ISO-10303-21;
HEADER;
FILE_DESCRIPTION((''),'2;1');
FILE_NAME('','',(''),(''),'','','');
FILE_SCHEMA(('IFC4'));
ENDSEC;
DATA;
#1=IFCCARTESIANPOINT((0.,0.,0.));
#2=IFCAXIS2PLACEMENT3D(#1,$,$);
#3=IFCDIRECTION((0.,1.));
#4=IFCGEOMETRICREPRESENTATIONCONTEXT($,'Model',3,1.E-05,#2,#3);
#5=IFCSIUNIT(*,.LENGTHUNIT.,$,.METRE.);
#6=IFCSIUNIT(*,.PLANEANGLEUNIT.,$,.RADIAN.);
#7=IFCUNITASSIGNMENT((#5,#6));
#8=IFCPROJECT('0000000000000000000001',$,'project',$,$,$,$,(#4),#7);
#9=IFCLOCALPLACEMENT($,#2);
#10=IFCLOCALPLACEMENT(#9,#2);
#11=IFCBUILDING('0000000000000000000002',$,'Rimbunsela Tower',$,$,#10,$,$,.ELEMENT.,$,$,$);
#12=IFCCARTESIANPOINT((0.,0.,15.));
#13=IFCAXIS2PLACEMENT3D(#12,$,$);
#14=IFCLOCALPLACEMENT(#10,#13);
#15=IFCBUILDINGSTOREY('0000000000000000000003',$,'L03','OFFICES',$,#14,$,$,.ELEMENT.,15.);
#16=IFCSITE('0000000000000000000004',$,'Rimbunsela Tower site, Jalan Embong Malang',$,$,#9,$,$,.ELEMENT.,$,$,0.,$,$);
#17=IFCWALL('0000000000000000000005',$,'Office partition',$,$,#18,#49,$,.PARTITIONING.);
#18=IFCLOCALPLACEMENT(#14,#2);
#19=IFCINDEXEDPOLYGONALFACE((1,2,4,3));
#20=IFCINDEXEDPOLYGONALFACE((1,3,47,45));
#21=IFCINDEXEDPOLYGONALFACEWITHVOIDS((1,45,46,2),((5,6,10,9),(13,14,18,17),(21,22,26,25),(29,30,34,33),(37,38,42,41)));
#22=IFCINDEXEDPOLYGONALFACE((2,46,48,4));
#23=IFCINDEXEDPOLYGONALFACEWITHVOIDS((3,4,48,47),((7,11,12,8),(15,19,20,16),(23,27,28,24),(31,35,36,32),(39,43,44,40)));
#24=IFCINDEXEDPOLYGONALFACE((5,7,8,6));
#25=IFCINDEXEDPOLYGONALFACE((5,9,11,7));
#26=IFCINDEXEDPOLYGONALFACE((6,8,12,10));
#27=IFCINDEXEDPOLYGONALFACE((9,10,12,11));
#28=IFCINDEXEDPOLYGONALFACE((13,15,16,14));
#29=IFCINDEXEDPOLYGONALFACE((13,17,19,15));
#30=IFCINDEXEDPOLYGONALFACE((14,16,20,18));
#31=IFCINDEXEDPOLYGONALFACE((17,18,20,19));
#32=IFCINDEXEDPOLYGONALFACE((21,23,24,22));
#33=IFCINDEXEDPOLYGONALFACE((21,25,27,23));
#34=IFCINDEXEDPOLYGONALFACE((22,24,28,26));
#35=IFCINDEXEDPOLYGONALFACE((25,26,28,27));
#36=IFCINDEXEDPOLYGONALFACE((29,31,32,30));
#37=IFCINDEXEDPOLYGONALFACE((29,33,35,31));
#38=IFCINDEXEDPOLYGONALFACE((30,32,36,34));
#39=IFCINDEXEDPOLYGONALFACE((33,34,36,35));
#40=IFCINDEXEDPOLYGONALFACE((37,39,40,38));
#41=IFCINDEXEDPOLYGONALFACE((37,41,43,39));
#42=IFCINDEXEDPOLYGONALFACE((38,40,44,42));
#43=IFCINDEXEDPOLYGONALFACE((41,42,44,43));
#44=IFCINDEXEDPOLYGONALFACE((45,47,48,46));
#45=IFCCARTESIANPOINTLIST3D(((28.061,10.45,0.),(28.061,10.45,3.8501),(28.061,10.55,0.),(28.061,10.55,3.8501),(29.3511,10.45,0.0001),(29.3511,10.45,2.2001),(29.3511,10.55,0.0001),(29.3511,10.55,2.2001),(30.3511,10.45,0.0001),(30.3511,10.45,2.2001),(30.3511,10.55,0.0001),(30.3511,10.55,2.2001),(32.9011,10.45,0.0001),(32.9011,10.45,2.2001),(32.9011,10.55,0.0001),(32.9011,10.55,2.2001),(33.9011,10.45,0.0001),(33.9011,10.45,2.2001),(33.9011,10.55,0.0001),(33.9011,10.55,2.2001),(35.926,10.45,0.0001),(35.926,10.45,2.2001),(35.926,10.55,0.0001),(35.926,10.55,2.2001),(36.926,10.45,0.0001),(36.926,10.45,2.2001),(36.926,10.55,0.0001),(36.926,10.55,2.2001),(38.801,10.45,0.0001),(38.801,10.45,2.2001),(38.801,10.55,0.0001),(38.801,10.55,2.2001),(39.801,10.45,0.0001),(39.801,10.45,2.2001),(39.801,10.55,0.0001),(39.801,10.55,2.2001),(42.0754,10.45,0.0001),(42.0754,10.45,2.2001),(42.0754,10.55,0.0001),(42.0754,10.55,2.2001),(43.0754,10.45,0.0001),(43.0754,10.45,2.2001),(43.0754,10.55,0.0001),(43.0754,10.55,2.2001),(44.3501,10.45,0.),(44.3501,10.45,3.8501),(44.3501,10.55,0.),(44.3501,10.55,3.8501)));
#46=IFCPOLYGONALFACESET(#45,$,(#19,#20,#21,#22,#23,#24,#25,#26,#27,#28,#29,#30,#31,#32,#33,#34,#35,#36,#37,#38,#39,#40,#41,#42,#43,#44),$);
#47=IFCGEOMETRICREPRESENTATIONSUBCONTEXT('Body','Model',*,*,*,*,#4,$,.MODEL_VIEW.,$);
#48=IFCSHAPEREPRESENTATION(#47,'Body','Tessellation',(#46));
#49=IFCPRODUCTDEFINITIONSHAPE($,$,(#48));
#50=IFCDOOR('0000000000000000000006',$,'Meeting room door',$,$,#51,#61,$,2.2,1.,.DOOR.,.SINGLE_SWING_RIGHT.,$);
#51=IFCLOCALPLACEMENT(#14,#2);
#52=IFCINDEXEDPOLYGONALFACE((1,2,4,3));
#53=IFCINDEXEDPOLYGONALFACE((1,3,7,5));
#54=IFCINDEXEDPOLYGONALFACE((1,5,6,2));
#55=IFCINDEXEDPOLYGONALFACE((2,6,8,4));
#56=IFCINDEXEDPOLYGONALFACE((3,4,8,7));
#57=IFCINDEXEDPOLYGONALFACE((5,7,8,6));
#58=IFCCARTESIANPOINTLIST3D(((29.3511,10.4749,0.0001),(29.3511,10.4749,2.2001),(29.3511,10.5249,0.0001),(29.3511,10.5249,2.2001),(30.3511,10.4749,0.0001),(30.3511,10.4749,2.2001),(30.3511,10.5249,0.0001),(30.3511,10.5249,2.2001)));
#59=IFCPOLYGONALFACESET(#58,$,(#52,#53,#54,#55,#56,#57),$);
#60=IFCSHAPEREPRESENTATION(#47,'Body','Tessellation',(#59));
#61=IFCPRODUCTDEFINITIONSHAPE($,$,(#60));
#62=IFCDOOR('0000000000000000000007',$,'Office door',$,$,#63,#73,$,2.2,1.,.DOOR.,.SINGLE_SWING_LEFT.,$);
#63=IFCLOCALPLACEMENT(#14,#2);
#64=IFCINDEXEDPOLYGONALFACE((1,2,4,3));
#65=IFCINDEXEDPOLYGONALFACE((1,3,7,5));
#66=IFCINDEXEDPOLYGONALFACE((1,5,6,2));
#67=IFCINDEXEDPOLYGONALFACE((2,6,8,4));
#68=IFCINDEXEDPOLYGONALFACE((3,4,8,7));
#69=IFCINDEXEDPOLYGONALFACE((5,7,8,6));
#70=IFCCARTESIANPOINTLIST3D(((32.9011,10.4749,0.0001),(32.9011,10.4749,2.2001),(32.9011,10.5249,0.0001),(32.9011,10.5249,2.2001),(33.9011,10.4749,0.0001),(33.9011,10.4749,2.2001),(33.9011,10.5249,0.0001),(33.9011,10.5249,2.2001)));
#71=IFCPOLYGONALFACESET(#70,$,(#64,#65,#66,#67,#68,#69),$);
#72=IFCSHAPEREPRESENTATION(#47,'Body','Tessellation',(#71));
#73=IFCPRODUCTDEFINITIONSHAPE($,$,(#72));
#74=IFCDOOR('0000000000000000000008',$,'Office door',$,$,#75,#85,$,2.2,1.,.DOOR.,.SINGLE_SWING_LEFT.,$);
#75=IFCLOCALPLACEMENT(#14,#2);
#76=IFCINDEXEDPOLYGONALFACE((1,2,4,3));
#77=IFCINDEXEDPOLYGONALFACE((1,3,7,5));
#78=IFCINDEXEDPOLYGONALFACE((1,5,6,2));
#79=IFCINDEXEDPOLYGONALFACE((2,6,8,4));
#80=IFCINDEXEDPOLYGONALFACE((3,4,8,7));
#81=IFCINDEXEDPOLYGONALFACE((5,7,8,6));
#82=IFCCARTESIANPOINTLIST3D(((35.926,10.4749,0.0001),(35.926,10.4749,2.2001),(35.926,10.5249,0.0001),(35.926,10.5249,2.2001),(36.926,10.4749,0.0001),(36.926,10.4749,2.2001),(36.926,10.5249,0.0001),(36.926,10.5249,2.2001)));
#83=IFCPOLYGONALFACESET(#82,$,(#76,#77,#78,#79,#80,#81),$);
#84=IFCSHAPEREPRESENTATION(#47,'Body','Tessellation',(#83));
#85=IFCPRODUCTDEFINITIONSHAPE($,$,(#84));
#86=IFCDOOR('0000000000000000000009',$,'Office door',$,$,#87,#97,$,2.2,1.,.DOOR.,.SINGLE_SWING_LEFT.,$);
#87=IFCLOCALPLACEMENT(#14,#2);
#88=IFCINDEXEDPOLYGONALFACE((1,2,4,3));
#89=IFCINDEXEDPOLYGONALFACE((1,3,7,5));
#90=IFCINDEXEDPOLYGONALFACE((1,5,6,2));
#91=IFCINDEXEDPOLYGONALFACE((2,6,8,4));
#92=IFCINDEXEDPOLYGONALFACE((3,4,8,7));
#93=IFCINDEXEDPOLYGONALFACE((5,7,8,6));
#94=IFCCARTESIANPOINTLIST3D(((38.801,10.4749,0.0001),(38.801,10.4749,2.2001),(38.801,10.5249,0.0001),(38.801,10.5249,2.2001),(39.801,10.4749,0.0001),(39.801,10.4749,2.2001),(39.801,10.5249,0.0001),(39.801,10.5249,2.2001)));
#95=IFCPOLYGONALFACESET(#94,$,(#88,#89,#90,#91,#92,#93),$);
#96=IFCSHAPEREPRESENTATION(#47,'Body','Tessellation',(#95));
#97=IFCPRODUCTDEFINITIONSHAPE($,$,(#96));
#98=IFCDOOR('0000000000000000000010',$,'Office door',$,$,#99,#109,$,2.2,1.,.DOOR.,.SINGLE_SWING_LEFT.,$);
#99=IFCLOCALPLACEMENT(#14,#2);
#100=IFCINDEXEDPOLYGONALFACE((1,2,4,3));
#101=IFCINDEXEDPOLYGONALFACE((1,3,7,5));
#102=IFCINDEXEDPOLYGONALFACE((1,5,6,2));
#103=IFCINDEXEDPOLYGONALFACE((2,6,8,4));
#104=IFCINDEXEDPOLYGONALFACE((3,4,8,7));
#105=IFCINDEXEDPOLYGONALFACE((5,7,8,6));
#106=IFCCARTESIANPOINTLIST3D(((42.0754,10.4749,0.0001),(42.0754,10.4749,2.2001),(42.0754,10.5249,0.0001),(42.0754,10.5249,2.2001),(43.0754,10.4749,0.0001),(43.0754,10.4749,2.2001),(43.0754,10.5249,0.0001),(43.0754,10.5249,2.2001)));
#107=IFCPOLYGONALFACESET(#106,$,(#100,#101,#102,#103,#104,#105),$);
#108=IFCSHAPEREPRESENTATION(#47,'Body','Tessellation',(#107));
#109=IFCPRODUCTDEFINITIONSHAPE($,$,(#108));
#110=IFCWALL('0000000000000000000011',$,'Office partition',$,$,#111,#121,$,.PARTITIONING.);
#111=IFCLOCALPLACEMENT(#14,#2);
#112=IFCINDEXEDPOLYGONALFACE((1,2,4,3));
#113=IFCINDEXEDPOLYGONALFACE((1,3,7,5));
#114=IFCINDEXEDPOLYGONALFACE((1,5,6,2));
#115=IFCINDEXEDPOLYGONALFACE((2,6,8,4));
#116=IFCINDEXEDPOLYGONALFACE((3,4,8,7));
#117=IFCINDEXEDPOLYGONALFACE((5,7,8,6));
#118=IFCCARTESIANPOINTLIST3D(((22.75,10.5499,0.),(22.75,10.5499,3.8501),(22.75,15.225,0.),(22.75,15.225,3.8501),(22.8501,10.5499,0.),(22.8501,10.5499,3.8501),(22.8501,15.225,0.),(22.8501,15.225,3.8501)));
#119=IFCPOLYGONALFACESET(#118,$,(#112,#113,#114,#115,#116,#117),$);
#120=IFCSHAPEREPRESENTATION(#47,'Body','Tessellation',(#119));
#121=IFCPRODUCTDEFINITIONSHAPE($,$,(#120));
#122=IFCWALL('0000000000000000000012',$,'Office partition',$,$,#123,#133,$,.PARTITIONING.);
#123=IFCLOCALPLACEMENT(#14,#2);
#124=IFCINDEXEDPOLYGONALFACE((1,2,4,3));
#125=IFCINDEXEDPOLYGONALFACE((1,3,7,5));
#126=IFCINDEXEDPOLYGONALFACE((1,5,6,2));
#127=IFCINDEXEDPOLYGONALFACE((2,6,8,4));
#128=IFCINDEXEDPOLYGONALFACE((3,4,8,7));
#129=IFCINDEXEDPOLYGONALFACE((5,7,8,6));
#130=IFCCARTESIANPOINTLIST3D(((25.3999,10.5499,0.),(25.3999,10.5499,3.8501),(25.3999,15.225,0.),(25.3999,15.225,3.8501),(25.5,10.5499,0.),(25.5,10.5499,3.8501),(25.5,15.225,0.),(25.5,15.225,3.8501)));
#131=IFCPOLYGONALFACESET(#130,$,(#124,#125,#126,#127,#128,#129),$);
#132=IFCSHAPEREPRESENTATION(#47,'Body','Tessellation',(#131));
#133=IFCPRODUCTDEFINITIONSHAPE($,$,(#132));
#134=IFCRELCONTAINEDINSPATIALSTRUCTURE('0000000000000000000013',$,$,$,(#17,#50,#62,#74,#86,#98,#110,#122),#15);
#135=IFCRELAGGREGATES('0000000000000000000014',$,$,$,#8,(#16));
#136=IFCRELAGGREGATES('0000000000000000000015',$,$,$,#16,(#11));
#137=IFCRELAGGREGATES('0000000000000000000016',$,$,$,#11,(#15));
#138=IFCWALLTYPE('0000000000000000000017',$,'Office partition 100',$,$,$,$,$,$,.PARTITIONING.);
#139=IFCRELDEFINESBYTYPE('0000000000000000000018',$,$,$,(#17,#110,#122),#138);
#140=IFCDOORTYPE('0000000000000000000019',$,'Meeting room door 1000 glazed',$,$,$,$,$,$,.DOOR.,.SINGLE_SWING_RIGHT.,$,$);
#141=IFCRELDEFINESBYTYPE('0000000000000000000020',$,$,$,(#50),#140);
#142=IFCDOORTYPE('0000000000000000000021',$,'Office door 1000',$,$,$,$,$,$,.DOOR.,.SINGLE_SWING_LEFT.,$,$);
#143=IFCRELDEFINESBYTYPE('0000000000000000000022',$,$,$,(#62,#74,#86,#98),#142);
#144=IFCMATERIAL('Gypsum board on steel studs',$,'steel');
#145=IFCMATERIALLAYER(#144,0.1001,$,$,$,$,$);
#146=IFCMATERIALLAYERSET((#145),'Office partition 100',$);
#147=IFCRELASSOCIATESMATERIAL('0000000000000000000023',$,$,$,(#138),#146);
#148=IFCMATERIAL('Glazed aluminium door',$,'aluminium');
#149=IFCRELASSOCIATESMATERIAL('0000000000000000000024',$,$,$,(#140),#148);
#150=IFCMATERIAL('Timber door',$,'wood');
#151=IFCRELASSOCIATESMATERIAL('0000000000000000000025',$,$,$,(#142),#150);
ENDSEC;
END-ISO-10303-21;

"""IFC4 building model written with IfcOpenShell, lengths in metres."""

from ifc_helpers import new_model, si_unit, direction, frame, frame_2d, origin, place, context, subcontext, project, spatial, rectangle, extrude, material, layer, layer_set, type_object, element, fill, save


model = new_model("IFC4")

# Units and contexts
model_context = context("Model", 3, precision=1e-05, world=origin(), true_north=direction((0.0, 1.0)))
body_context = subcontext(model_context, "Body", "Model", "MODEL_VIEW")
ifc_project = project(units=[si_unit("LENGTHUNIT", "METRE"), si_unit("PLANEANGLEUNIT", "RADIAN")], contexts=[model_context])

# Site, building, storey
site_placement = place(None, origin())
site = spatial("IfcSite", under=ifc_project, at=site_placement, Name="Rimbunsela Tower site, Jalan Embong Malang", CompositionType="ELEMENT", RefElevation=0.0)
building_placement = place(site_placement, origin())
building = spatial("IfcBuilding", under=site, at=building_placement, Name="Rimbunsela Tower", CompositionType="ELEMENT")
storey_placement = place(building_placement, frame((0.0, 0.0, 15.0)))
storey = spatial("IfcBuildingStorey", under=building, at=storey_placement, Name="L03", Description="OFFICES", CompositionType="ELEMENT", Elevation=15.0)

# Wall, openings, doors
ifc_material_1 = material(Name="Gypsum board on steel studs", Category="steel")
ifc_layer_1 = layer(ifc_material_1, 0.1001)
ifc_layer_set_1 = layer_set([ifc_layer_1], Name="Office partition 100")
wall_type_1 = type_object("IfcWallType", Name="Office partition 100", PredefinedType="PARTITIONING", material=ifc_layer_set_1)
wall_1_placement = place(storey_placement, frame((28.061, 10.5, 0.0), z_axis=(0.0, 0.0, 1.0), x_axis=(1.0, 0.0, 0.0)))
wall_1 = element("IfcWall", 1, at=wall_1_placement, inside=storey, type_object=wall_type_1, Name="Office partition", PredefinedType="PARTITIONING", context=body_context, shape_type="SweptSolid", body=[
    extrude(rectangle(XDim=16.2891, YDim=0.1001, at=frame_2d((8.1445, 0.0))), origin(), (0.0, 0.0, 1.0), 3.8501),
])
opening_1_placement = place(wall_1_placement, frame((1.29, 0.0, 0.0)))
opening_1 = element("IfcOpeningElement", 2, at=opening_1_placement, cuts=wall_1, PredefinedType="OPENING", context=body_context, shape_type="SweptSolid", body=[
    extrude(rectangle(XDim=1.0, YDim=2.2, at=frame_2d((0.5, 1.1001))), frame((0.0, 0.0601, 0.0), z_axis=(0.0, -1.0, 0.0), x_axis=(1.0, 0.0, 0.0)), (0.0, 0.0, 1.0), 0.1201),
])
opening_2_placement = place(wall_1_placement, frame((4.8401, 0.0, 0.0)))
opening_2 = element("IfcOpeningElement", 3, at=opening_2_placement, cuts=wall_1, PredefinedType="OPENING", context=body_context, shape_type="SweptSolid", body=[
    extrude(rectangle(XDim=1.0, YDim=2.2, at=frame_2d((0.5, 1.1001))), frame((0.0, 0.0601, 0.0), z_axis=(0.0, -1.0, 0.0), x_axis=(1.0, 0.0, 0.0)), (0.0, 0.0, 1.0), 0.1201),
])
opening_3_placement = place(wall_1_placement, frame((7.865, 0.0, 0.0)))
opening_3 = element("IfcOpeningElement", 4, at=opening_3_placement, cuts=wall_1, PredefinedType="OPENING", context=body_context, shape_type="SweptSolid", body=[
    extrude(rectangle(XDim=1.0, YDim=2.2, at=frame_2d((0.5, 1.1001))), frame((0.0, 0.0601, 0.0), z_axis=(0.0, -1.0, 0.0), x_axis=(1.0, 0.0, 0.0)), (0.0, 0.0, 1.0), 0.1201),
])
opening_4_placement = place(wall_1_placement, frame((10.74, 0.0, 0.0)))
opening_4 = element("IfcOpeningElement", 5, at=opening_4_placement, cuts=wall_1, PredefinedType="OPENING", context=body_context, shape_type="SweptSolid", body=[
    extrude(rectangle(XDim=1.0, YDim=2.2, at=frame_2d((0.5, 1.1001))), frame((0.0, 0.0601, 0.0), z_axis=(0.0, -1.0, 0.0), x_axis=(1.0, 0.0, 0.0)), (0.0, 0.0, 1.0), 0.1201),
])
opening_5_placement = place(wall_1_placement, frame((14.0144, 0.0, 0.0)))
opening_5 = element("IfcOpeningElement", 6, at=opening_5_placement, cuts=wall_1, PredefinedType="OPENING", context=body_context, shape_type="SweptSolid", body=[
    extrude(rectangle(XDim=1.0, YDim=2.2, at=frame_2d((0.5, 1.1001))), frame((0.0, 0.0601, 0.0), z_axis=(0.0, -1.0, 0.0), x_axis=(1.0, 0.0, 0.0)), (0.0, 0.0, 1.0), 0.1201),
])
ifc_material_2 = material(Name="Glazed aluminium door", Category="aluminium")
door_type_1 = type_object("IfcDoorType", Name="Meeting room door 1000 glazed", OperationType="SINGLE_SWING_RIGHT", PredefinedType="DOOR", material=ifc_material_2)
door_1_placement = place(opening_1_placement, origin())
door_1 = element("IfcDoor", 7, at=door_1_placement, inside=storey, type_object=door_type_1, Name="Meeting room door", OperationType="SINGLE_SWING_RIGHT", OverallHeight=2.2, OverallWidth=1.0, PredefinedType="DOOR", context=body_context, shape_type="SweptSolid", body=[
    extrude(rectangle(XDim=1.0, YDim=2.2, at=frame_2d((0.5, 1.1001))), frame((0.0, 0.0249, 0.0), z_axis=(0.0, -1.0, 0.0), x_axis=(1.0, 0.0, 0.0)), (0.0, 0.0, 1.0), 0.05),
])
fill(opening_1, door_1)
ifc_material_3 = material(Name="Timber door", Category="wood")
door_type_2 = type_object("IfcDoorType", Name="Office door 1000", OperationType="SINGLE_SWING_LEFT", PredefinedType="DOOR", material=ifc_material_3)
door_2_placement = place(opening_2_placement, origin())
door_2 = element("IfcDoor", 8, at=door_2_placement, inside=storey, type_object=door_type_2, Name="Office door", OperationType="SINGLE_SWING_LEFT", OverallHeight=2.2, OverallWidth=1.0, PredefinedType="DOOR", context=body_context, shape_type="SweptSolid", body=[
    extrude(rectangle(XDim=1.0, YDim=2.2, at=frame_2d((0.5, 1.1001))), frame((0.0, 0.0249, 0.0), z_axis=(0.0, -1.0, 0.0), x_axis=(1.0, 0.0, 0.0)), (0.0, 0.0, 1.0), 0.05),
])
fill(opening_2, door_2)
door_3_placement = place(opening_3_placement, origin())
door_3 = element("IfcDoor", 9, at=door_3_placement, inside=storey, type_object=door_type_2, Name="Office door", OperationType="SINGLE_SWING_LEFT", OverallHeight=2.2, OverallWidth=1.0, PredefinedType="DOOR", context=body_context, shape_type="SweptSolid", body=[
    extrude(rectangle(XDim=1.0, YDim=2.2, at=frame_2d((0.5, 1.1001))), frame((0.0, 0.0249, 0.0), z_axis=(0.0, -1.0, 0.0), x_axis=(1.0, 0.0, 0.0)), (0.0, 0.0, 1.0), 0.05),
])
fill(opening_3, door_3)
door_4_placement = place(opening_4_placement, origin())
door_4 = element("IfcDoor", 10, at=door_4_placement, inside=storey, type_object=door_type_2, Name="Office door", OperationType="SINGLE_SWING_LEFT", OverallHeight=2.2, OverallWidth=1.0, PredefinedType="DOOR", context=body_context, shape_type="SweptSolid", body=[
    extrude(rectangle(XDim=1.0, YDim=2.2, at=frame_2d((0.5, 1.1001))), frame((0.0, 0.0249, 0.0), z_axis=(0.0, -1.0, 0.0), x_axis=(1.0, 0.0, 0.0)), (0.0, 0.0, 1.0), 0.05),
])
fill(opening_4, door_4)
door_5_placement = place(opening_5_placement, origin())
door_5 = element("IfcDoor", 11, at=door_5_placement, inside=storey, type_object=door_type_2, Name="Office door", OperationType="SINGLE_SWING_LEFT", OverallHeight=2.2, OverallWidth=1.0, PredefinedType="DOOR", context=body_context, shape_type="SweptSolid", body=[
    extrude(rectangle(XDim=1.0, YDim=2.2, at=frame_2d((0.5, 1.1001))), frame((0.0, 0.0249, 0.0), z_axis=(0.0, -1.0, 0.0), x_axis=(1.0, 0.0, 0.0)), (0.0, 0.0, 1.0), 0.05),
])
fill(opening_5, door_5)

# Walls
for number, where, z_axis, x_axis, name in (
    (12, (22.8, 10.55, 0.0), (0.0, 0.0, 1.0), (0.0, 1.0, 0.0), "Office partition"),
    (13, (25.45, 10.55, 0.0), (0.0, 0.0, 1.0), (0.0, 1.0, 0.0), "Office partition"),
):
    element("IfcWall", number, at=place(storey_placement, frame(where, z_axis=z_axis, x_axis=x_axis)), inside=storey, type_object=wall_type_1, Name=name, PredefinedType="PARTITIONING", context=body_context, shape_type="SweptSolid", body=[
        extrude(rectangle(XDim=4.675, YDim=0.1001, at=frame_2d((2.3374, 0.0))), origin(), (0.0, 0.0, 1.0), 3.8501),
    ])

save(model, "model.ifc")
